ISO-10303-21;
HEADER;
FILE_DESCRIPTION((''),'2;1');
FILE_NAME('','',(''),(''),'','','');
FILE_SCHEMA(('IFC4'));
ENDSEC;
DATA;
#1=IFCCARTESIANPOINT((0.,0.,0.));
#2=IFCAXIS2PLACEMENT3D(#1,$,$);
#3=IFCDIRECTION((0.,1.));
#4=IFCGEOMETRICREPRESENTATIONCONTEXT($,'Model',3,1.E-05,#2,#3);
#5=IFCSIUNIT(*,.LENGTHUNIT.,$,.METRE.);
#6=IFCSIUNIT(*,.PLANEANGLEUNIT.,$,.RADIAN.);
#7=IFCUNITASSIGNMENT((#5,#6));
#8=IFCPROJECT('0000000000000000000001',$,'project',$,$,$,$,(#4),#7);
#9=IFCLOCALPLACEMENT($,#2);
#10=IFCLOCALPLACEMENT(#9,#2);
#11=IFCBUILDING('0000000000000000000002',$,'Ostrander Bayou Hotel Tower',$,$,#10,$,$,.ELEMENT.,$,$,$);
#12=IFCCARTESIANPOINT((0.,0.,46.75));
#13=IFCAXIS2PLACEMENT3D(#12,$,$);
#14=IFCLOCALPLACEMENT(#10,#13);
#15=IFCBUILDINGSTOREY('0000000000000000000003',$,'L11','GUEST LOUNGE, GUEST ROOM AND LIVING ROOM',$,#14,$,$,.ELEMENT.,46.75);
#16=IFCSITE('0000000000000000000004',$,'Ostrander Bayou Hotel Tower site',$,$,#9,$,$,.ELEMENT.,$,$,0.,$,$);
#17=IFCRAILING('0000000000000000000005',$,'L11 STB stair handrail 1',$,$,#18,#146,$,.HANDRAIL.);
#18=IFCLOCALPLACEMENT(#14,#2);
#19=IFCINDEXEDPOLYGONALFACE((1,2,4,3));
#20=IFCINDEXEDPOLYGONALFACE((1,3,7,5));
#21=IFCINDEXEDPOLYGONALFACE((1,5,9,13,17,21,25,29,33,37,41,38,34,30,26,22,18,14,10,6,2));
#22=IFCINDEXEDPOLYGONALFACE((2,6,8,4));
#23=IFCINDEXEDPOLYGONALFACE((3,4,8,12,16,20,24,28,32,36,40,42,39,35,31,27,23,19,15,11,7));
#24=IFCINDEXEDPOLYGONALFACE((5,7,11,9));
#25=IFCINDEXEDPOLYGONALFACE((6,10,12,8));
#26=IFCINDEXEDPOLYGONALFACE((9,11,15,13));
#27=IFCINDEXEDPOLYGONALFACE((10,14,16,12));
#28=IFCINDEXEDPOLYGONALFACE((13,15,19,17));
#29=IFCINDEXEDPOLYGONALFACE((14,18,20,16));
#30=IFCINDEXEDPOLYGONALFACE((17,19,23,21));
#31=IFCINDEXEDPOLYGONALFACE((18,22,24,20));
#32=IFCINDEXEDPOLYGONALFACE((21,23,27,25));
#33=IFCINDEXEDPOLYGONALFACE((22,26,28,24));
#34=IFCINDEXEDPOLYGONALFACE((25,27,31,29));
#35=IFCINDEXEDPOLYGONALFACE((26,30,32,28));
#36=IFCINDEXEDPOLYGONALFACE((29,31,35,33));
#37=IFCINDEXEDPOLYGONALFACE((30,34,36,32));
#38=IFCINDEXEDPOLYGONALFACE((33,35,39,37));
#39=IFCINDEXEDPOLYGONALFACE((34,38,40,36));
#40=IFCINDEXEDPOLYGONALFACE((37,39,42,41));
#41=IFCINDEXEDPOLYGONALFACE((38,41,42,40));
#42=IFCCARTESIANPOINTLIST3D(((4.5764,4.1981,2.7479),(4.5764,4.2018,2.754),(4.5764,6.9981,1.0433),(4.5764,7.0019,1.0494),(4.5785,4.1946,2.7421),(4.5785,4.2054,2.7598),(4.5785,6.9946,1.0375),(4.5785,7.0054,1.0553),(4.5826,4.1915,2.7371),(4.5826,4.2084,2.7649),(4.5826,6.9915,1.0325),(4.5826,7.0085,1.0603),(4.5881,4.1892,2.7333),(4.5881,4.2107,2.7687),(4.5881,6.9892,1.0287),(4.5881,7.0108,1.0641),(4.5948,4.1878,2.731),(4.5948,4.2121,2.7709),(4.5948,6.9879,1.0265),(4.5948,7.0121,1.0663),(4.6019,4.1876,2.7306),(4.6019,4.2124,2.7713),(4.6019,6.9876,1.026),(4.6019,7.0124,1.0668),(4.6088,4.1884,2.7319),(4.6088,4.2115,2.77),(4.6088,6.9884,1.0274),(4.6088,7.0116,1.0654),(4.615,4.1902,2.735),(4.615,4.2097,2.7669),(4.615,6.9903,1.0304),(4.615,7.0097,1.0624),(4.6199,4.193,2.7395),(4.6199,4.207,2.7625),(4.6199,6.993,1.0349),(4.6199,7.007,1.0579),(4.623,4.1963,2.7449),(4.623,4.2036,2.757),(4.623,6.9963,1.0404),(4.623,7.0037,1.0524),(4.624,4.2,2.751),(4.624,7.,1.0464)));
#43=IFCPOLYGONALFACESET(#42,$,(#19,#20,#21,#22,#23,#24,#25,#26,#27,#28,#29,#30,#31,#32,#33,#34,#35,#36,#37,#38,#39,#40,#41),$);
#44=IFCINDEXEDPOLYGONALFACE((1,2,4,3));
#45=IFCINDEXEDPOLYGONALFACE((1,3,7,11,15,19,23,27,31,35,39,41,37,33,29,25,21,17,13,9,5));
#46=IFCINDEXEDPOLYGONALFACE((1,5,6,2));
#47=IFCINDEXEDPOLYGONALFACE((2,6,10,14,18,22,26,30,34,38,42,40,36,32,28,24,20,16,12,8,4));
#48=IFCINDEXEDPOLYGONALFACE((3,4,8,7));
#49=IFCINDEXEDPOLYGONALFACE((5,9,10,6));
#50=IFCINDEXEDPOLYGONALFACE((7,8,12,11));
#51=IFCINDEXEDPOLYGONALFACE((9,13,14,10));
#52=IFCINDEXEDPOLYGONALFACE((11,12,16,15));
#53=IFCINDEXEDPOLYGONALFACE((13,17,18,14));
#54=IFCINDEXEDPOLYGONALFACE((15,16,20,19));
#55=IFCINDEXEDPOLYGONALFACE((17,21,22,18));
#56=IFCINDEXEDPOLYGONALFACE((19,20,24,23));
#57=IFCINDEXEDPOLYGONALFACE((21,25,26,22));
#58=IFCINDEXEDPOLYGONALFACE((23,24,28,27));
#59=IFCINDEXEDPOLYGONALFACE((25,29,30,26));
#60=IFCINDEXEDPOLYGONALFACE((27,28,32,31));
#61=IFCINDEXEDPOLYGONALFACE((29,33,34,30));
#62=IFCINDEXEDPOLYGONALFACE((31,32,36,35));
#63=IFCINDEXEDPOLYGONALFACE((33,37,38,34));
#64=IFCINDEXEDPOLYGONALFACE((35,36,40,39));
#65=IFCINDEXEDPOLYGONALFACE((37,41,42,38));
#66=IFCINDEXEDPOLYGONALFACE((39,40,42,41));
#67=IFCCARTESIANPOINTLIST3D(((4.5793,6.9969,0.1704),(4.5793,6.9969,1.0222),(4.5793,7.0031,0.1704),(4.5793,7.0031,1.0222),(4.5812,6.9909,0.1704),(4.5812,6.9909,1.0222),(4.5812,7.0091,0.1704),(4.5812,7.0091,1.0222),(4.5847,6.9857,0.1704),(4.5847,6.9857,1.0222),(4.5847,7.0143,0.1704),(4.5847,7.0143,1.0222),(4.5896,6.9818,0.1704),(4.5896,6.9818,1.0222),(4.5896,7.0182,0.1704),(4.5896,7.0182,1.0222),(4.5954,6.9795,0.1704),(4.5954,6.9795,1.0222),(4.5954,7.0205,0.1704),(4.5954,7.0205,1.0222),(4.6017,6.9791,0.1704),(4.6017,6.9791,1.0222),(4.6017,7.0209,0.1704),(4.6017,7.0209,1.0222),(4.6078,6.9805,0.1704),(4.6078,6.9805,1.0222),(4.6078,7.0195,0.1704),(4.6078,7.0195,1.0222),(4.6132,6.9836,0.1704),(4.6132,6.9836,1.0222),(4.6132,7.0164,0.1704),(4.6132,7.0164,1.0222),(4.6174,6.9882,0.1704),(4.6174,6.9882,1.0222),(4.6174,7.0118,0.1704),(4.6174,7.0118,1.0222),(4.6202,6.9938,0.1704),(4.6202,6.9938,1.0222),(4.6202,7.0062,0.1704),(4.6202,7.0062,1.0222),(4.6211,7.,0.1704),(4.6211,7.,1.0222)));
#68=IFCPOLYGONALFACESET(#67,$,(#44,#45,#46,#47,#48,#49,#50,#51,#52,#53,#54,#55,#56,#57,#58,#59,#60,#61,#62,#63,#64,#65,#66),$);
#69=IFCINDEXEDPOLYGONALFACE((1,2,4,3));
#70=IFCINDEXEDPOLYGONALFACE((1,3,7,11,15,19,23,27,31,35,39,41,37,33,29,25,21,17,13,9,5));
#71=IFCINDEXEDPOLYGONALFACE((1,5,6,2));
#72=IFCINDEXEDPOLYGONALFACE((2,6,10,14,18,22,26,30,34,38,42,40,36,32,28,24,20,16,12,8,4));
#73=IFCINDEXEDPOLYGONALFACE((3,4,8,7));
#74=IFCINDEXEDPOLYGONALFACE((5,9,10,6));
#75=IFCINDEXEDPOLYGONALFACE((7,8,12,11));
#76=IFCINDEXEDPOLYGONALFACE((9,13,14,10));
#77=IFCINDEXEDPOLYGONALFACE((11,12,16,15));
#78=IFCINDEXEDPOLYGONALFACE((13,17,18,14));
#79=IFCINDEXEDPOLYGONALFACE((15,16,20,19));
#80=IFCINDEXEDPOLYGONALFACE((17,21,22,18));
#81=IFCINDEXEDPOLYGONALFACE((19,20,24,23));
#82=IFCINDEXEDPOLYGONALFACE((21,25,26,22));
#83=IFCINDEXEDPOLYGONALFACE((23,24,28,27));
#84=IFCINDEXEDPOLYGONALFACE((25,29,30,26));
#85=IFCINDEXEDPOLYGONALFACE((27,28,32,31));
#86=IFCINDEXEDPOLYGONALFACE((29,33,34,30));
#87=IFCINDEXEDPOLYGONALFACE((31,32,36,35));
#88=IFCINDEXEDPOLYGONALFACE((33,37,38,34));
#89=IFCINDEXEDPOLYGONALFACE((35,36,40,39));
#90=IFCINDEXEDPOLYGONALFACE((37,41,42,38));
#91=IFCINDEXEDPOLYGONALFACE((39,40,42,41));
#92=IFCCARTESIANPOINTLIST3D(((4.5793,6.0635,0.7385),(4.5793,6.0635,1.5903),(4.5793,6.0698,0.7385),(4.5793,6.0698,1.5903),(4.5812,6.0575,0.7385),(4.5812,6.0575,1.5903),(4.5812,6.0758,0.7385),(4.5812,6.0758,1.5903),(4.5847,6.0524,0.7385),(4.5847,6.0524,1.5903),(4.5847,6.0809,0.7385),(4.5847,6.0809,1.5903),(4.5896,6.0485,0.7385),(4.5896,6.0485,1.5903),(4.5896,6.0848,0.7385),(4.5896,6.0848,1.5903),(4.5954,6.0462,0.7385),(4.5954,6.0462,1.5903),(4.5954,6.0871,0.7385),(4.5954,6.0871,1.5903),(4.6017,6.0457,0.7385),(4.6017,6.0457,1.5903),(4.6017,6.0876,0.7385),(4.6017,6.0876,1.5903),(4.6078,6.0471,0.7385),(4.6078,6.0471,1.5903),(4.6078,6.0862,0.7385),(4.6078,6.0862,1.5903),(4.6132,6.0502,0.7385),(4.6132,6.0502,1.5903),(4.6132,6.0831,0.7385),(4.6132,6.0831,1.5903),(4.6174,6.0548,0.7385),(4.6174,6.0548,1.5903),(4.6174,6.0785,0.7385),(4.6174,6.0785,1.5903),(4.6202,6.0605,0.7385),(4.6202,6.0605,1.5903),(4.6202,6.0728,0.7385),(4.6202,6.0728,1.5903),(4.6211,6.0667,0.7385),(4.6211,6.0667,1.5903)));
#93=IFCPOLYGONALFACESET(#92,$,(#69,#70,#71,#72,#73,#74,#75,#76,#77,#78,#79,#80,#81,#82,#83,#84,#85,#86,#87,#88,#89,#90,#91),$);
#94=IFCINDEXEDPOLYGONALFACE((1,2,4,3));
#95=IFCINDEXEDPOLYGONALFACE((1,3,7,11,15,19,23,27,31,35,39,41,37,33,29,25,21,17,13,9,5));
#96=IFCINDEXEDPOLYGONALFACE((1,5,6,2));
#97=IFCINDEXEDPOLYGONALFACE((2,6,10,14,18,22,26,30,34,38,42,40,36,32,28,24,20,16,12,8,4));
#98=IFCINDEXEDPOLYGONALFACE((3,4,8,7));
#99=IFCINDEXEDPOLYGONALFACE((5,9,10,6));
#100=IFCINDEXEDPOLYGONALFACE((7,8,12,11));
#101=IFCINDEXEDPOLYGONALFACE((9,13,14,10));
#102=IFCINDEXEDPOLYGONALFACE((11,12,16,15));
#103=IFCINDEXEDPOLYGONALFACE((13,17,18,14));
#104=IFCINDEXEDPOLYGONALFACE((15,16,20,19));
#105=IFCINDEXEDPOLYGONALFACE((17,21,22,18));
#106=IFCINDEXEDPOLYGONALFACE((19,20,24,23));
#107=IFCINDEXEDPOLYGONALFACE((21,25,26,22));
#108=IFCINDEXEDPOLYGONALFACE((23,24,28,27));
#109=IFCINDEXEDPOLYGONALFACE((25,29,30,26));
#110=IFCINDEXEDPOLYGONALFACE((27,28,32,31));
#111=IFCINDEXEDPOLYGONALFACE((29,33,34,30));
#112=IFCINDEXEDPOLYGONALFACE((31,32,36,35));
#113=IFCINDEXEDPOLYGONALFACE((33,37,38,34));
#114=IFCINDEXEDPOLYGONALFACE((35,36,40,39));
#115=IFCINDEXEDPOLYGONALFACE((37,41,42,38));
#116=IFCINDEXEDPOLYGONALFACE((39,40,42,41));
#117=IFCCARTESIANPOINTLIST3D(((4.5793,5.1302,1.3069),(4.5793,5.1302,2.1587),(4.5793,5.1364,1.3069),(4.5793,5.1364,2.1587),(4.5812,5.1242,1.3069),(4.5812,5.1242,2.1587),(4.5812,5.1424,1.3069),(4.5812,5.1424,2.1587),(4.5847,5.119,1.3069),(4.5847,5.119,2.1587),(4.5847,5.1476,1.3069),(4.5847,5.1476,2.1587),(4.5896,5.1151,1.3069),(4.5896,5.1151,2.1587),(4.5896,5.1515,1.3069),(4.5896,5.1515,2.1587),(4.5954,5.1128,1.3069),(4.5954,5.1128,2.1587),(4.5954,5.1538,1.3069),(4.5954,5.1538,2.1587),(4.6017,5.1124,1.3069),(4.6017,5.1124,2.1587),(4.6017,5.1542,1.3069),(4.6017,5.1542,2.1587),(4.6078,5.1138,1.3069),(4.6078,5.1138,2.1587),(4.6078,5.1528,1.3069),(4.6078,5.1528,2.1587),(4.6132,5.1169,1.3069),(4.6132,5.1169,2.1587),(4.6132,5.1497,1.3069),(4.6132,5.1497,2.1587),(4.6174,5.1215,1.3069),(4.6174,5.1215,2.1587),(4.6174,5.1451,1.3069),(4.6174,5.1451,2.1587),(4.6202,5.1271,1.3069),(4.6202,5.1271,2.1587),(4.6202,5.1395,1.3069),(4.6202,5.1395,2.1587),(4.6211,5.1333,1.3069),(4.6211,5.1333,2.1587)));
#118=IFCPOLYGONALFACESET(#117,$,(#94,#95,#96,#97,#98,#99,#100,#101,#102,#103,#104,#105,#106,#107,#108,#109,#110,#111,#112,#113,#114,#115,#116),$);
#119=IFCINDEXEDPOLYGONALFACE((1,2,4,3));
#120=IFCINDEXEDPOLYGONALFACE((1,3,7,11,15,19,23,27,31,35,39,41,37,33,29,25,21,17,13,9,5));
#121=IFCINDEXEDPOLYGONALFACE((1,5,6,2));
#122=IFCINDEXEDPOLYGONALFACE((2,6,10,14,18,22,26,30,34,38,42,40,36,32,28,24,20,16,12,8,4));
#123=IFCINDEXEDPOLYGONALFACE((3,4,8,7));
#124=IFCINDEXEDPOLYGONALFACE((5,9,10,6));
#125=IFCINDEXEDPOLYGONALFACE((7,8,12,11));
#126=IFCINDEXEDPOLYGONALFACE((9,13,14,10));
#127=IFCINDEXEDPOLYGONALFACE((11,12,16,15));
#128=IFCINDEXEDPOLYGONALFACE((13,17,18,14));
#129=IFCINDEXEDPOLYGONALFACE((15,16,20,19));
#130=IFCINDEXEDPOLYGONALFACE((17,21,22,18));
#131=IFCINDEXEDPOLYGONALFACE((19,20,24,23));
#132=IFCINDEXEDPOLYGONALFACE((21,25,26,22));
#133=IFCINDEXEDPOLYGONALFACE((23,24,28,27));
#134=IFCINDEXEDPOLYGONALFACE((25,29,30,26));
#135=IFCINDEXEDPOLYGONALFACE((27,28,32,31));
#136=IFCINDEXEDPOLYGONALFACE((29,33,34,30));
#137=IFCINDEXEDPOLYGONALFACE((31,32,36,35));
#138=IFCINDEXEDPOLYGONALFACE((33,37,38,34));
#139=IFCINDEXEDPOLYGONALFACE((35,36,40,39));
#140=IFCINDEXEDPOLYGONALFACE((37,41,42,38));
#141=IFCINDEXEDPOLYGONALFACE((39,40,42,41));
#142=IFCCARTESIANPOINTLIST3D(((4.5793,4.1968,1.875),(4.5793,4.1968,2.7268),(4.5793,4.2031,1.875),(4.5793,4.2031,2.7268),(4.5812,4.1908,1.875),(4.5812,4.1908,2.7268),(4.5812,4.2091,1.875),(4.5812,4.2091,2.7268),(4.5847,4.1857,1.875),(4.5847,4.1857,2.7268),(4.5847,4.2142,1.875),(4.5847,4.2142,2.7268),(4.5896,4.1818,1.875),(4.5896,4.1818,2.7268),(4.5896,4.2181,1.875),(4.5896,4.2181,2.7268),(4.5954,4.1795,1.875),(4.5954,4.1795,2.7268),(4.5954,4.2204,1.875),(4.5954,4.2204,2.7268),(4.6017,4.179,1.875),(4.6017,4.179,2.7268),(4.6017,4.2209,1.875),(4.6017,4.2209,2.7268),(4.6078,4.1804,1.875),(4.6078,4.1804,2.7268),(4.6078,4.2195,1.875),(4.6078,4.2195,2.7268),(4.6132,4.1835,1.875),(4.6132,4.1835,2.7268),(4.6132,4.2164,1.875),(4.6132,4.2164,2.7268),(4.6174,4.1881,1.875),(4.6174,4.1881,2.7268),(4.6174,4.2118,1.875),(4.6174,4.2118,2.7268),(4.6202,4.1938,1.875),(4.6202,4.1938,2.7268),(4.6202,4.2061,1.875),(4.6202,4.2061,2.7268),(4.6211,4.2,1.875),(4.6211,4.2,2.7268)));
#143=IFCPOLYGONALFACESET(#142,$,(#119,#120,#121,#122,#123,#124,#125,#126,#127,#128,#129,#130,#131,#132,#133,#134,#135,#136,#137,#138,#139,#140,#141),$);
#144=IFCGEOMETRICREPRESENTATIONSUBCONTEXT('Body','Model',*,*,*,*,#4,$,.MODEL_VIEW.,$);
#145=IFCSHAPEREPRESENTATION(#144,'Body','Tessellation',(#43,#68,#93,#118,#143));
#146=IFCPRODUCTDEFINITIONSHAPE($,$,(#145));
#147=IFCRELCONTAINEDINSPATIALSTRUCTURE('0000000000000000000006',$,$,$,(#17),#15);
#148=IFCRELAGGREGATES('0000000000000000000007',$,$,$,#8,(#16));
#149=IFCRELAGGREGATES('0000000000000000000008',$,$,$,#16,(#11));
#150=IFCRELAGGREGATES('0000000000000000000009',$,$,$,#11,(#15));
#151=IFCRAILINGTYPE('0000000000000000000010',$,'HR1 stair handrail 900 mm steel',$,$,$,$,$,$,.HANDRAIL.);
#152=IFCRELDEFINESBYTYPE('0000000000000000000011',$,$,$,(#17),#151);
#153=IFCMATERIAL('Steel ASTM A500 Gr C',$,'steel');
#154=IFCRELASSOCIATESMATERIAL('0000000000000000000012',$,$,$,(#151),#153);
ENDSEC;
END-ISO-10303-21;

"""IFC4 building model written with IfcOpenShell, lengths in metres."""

from ifc_helpers import new_model, si_unit, direction, frame, origin, origin_2d, place, context, subcontext, project, spatial, circle, extrude, material, type_object, element, save


model = new_model("IFC4")

# Units and contexts
model_context = context("Model", 3, precision=1e-05, world=origin(), true_north=direction((0.0, 1.0)))
body_context = subcontext(model_context, "Body", "Model", "MODEL_VIEW")
ifc_project = project(units=[si_unit("LENGTHUNIT", "METRE"), si_unit("PLANEANGLEUNIT", "RADIAN")], contexts=[model_context])

# Site, building, storey
site_placement = place(None, origin())
site = spatial("IfcSite", under=ifc_project, at=site_placement, Name="Ostrander Bayou Hotel Tower site", CompositionType="ELEMENT", RefElevation=0.0)
building_placement = place(site_placement, origin())
building = spatial("IfcBuilding", under=site, at=building_placement, Name="Ostrander Bayou Hotel Tower", CompositionType="ELEMENT")
storey_placement = place(building_placement, frame((0.0, 0.0, 46.75)))
storey = spatial("IfcBuildingStorey", under=building, at=storey_placement, Name="L11", Description="GUEST LOUNGE, GUEST ROOM AND LIVING ROOM", CompositionType="ELEMENT", Elevation=46.75)

# Railing
ifc_material_1 = material(Name="Steel ASTM A500 Gr C", Category="steel")
railing_type_1 = type_object("IfcRailingType", Name="HR1 stair handrail 900 mm steel", PredefinedType="HANDRAIL", material=ifc_material_1)
railing_1_placement = place(storey_placement, frame((4.6001, 7.0, 0.1704)))
element("IfcRailing", 1, at=railing_1_placement, inside=storey, type_object=railing_type_1, Name="L11 STB stair handrail 1", PredefinedType="HANDRAIL", context=body_context, shape_type="SweptSolid", body=[
    extrude(circle(Radius=0.0239, at=origin_2d()), frame((0.0, 0.0, 0.876), z_axis=(0.0, -0.85417, 0.519994), x_axis=(1.0, 0.0, 0.0)), (0.0, 0.0, 1.0), 3.2781),
    extrude(circle(Radius=0.021, at=origin_2d()), origin(), (0.0, 0.0, 1.0), 0.8518),
    extrude(circle(Radius=0.021, at=origin_2d()), frame((0.0, -0.9333, 0.5681)), (0.0, 0.0, 1.0), 0.8518),
    extrude(circle(Radius=0.021, at=origin_2d()), frame((0.0, -1.8667, 1.1365)), (0.0, 0.0, 1.0), 0.8518),
    extrude(circle(Radius=0.021, at=origin_2d()), frame((0.0, -2.8, 1.7046)), (0.0, 0.0, 1.0), 0.8518),
])

save(model, "model.ifc")
